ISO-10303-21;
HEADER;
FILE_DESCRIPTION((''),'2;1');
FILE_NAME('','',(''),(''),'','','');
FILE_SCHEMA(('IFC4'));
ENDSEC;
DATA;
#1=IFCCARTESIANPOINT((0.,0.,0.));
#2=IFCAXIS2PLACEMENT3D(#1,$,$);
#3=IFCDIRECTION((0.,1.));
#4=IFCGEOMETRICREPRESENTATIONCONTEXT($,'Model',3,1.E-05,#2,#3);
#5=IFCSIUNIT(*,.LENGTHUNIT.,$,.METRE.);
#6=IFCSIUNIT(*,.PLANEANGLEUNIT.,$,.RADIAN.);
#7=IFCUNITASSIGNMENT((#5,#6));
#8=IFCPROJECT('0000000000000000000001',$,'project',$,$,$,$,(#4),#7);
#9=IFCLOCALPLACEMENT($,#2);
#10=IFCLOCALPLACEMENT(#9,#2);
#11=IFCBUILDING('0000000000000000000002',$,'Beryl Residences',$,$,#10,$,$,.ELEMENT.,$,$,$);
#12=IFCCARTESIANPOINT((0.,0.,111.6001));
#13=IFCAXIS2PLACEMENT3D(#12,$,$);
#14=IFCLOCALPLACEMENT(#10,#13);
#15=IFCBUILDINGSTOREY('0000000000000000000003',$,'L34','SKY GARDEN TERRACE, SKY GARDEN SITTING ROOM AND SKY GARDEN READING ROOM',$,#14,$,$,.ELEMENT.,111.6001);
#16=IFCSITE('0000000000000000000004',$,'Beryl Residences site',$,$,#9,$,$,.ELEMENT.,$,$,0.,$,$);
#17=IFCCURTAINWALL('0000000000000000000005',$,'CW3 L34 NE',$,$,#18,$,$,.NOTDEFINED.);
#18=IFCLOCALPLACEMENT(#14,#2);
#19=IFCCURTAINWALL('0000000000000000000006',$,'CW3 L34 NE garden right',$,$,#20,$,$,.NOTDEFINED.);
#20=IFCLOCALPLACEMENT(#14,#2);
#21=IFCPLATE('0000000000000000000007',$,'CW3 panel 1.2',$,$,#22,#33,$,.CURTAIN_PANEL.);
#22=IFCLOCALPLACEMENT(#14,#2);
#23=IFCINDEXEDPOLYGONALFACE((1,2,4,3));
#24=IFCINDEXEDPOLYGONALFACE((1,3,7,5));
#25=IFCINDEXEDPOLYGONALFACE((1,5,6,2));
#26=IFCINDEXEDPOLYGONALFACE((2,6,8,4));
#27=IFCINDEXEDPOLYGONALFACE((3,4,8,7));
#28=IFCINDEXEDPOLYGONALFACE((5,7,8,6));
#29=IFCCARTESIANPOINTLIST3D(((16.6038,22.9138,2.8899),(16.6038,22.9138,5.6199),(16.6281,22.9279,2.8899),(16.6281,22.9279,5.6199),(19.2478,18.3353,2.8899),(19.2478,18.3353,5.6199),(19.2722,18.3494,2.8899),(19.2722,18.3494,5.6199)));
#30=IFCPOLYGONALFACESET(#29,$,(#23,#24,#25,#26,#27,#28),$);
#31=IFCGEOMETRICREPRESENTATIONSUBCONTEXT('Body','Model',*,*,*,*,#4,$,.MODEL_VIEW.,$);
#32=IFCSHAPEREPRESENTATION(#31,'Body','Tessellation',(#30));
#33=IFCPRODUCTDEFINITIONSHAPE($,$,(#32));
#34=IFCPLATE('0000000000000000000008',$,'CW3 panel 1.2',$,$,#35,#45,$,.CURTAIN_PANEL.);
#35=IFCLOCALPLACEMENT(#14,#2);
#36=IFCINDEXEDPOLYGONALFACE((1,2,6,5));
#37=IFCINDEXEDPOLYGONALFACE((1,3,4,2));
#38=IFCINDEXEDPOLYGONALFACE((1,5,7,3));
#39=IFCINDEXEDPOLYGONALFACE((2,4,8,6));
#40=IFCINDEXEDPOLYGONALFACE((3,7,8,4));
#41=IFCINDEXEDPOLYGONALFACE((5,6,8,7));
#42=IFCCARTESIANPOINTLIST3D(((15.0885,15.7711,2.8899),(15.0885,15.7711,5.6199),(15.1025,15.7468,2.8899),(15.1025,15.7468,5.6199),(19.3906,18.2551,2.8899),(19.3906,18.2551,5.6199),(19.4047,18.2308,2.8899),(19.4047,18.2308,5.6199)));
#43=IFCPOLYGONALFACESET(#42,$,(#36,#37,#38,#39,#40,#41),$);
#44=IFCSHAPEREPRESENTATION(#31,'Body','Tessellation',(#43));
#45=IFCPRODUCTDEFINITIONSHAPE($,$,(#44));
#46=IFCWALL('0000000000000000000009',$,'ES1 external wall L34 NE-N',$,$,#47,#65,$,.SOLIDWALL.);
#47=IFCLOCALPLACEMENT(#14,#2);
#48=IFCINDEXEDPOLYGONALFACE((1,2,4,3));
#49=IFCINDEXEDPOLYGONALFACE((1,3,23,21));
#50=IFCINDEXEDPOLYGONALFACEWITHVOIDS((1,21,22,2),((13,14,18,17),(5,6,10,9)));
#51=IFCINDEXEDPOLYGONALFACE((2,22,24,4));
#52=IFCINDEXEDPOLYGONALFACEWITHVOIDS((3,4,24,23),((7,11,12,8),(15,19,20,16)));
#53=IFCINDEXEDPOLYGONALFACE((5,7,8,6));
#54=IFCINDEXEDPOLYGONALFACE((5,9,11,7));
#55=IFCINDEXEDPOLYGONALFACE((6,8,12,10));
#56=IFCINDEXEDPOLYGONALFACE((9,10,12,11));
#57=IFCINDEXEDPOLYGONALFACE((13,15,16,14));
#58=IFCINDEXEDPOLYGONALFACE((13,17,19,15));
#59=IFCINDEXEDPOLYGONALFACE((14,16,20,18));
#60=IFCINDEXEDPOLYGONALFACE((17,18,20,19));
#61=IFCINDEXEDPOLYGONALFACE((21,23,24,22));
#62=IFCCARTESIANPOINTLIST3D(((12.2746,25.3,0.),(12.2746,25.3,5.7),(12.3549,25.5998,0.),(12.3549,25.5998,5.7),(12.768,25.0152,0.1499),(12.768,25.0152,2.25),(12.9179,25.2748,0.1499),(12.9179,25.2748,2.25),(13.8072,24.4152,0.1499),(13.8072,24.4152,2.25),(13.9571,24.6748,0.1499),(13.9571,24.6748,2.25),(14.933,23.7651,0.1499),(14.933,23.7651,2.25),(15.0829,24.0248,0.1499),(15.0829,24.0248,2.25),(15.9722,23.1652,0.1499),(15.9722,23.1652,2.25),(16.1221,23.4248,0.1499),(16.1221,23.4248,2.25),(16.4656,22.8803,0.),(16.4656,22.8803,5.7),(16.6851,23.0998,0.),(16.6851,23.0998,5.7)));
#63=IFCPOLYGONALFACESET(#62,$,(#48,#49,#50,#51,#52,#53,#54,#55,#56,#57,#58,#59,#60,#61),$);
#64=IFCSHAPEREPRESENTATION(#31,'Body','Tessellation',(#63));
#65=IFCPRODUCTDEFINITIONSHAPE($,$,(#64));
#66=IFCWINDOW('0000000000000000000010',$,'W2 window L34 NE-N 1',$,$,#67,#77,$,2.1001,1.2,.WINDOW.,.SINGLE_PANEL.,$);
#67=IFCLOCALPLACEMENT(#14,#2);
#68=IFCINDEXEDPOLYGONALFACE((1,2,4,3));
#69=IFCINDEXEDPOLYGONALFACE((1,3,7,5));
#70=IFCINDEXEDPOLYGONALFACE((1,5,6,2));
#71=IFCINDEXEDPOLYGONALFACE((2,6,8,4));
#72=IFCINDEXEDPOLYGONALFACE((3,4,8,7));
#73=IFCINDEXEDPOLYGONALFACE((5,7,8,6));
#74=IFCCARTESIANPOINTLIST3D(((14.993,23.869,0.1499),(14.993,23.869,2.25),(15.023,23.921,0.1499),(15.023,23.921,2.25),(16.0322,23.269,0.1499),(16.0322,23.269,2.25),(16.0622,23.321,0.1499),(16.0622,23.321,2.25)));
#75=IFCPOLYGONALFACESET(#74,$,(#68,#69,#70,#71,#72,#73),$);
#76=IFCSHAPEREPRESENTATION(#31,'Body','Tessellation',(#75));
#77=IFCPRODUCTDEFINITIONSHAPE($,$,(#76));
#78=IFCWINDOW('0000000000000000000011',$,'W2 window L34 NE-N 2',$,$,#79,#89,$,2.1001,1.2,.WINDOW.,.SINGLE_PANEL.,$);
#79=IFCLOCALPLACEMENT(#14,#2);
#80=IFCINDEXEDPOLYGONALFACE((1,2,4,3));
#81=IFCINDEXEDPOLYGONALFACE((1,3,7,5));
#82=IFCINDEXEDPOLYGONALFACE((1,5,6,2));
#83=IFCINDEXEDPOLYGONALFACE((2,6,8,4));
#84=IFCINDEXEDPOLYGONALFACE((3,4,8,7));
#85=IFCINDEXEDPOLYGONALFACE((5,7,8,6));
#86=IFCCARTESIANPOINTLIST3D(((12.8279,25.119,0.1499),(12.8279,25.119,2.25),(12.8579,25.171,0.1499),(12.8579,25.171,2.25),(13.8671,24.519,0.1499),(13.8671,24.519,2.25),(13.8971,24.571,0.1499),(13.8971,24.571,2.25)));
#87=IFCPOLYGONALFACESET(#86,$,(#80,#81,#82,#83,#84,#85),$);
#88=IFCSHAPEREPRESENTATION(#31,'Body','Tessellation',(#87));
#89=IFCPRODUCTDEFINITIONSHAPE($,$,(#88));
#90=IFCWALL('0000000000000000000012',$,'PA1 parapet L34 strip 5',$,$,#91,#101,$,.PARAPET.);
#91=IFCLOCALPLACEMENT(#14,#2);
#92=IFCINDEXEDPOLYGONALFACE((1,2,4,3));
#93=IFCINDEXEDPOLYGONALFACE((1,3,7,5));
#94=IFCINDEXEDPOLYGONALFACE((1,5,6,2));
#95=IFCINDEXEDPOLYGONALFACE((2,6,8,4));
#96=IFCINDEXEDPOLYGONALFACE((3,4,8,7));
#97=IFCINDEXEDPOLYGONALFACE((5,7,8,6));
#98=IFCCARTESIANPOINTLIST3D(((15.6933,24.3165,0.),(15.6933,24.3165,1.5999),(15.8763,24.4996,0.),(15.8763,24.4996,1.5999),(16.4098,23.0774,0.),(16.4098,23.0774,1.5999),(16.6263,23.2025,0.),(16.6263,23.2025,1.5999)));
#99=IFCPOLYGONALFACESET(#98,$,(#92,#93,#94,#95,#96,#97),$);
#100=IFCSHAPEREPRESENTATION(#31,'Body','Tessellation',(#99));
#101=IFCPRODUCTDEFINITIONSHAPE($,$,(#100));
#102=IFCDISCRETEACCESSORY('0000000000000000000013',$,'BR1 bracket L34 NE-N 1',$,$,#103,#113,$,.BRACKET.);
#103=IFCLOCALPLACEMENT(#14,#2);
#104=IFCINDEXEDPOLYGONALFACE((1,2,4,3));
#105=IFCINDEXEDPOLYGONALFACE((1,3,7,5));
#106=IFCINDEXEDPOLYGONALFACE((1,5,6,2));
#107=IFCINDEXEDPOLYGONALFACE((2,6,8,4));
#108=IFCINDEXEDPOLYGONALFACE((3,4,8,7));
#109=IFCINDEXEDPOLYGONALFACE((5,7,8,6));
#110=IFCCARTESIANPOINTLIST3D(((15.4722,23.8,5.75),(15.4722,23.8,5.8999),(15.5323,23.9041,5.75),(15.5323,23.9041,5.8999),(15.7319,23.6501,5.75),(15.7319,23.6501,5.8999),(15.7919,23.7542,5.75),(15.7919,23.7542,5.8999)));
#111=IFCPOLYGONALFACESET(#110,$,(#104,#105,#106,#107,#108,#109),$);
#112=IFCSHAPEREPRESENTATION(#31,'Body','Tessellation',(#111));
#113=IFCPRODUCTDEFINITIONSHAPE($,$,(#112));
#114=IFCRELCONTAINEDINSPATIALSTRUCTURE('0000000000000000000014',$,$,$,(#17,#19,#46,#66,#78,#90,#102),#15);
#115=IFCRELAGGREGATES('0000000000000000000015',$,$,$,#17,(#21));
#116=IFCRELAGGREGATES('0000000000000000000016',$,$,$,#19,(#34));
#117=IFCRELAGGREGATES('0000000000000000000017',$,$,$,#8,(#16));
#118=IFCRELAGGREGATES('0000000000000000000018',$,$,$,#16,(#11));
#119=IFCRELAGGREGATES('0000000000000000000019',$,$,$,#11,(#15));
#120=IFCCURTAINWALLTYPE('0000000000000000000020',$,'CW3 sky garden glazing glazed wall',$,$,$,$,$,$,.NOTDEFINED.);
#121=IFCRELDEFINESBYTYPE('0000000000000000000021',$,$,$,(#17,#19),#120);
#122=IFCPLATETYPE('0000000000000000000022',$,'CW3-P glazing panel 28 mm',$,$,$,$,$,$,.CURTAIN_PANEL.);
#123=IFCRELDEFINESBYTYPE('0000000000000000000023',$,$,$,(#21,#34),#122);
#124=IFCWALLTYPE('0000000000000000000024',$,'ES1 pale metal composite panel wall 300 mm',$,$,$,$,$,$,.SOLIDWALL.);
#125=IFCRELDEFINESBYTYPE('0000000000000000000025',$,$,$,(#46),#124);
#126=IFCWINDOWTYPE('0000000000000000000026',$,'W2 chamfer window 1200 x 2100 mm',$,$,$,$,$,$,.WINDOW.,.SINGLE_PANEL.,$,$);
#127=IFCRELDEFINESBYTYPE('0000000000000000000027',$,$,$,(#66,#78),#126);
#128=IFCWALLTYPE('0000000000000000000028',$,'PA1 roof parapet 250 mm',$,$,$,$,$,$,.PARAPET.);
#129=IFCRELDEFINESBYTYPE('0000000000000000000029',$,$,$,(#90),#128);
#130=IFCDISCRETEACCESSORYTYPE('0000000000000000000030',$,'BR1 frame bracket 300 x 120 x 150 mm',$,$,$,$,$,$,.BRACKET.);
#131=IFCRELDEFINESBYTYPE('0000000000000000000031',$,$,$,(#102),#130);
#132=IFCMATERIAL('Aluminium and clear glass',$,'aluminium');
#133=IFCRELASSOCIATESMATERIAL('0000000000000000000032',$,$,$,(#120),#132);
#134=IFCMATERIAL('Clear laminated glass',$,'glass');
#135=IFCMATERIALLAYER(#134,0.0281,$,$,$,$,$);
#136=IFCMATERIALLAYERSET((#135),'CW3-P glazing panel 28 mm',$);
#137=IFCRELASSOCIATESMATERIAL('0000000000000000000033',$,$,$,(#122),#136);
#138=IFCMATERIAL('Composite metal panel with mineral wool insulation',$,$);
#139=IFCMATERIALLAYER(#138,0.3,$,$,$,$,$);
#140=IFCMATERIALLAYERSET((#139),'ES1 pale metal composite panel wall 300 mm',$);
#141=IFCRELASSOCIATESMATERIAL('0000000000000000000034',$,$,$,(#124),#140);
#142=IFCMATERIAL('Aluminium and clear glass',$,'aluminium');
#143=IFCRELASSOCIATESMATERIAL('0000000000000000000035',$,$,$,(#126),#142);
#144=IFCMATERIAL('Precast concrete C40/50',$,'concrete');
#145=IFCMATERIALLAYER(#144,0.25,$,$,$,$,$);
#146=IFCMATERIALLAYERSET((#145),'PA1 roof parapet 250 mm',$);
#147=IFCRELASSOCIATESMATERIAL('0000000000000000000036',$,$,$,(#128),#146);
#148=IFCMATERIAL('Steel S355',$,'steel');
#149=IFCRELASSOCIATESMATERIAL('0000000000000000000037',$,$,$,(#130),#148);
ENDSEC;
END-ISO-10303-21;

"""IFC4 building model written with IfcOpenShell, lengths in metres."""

from ifc_helpers import new_model, si_unit, direction, frame, frame_2d, origin, origin_2d, place, context, subcontext, project, spatial, polyline, rectangle, outline, extrude, source, transform, mapped, material, layer, layer_set, type_object, type_shapes, element, fill, aggregate, save


model = new_model("IFC4")

# Units and contexts
model_context = context("Model", 3, precision=1e-05, world=origin(), true_north=direction((0.0, 1.0)))
body_context = subcontext(model_context, "Body", "Model", "MODEL_VIEW")
ifc_project = project(units=[si_unit("LENGTHUNIT", "METRE"), si_unit("PLANEANGLEUNIT", "RADIAN")], contexts=[model_context])

# Site, building, storey
site_placement = place(None, origin())
site = spatial("IfcSite", under=ifc_project, at=site_placement, Name="Beryl Residences site", CompositionType="ELEMENT", RefElevation=0.0)
building_placement = place(site_placement, origin())
building = spatial("IfcBuilding", under=site, at=building_placement, Name="Beryl Residences", CompositionType="ELEMENT")
storey_placement = place(building_placement, frame((0.0, 0.0, 111.6001)))
storey = spatial("IfcBuildingStorey", under=building, at=storey_placement, Name="L34", Description="SKY GARDEN TERRACE, SKY GARDEN SITTING ROOM AND SKY GARDEN READING ROOM", CompositionType="ELEMENT", Elevation=111.6001)

# Curtain wall
ifc_material_1 = material(Name="Aluminium and clear glass", Category="aluminium")
curtain_wall_type = type_object("IfcCurtainWallType", Name="CW3 sky garden glazing glazed wall", PredefinedType="NOTDEFINED", material=ifc_material_1)
curtain_wall_1_placement = place(storey_placement, origin())
curtain_wall_1 = element("IfcCurtainWall", 1, at=curtain_wall_1_placement, inside=storey, type_object=curtain_wall_type, Name="CW3 L34 NE", PredefinedType="NOTDEFINED")

# Curtain wall
curtain_wall_2_placement = place(storey_placement, origin())
curtain_wall_2 = element("IfcCurtainWall", 2, at=curtain_wall_2_placement, inside=storey, type_object=curtain_wall_type, Name="CW3 L34 NE garden right", PredefinedType="NOTDEFINED")

# Plates
ifc_material_2 = material(Name="Clear laminated glass", Category="glass")
ifc_layer_1 = layer(ifc_material_2, 0.0281)
ifc_layer_set_1 = layer_set([ifc_layer_1], Name="CW3-P glazing panel 28 mm")
plate_type = type_object("IfcPlateType", Name="CW3-P glazing panel 28 mm", PredefinedType="CURTAIN_PANEL", material=ifc_layer_set_1)
plate_1_placement = place(storey_placement, frame((17.938, 20.6316, 2.8899), z_axis=(0.0, 0.0, 1.0), x_axis=(-0.500088, 0.865975, 0.0)))
plate_1 = element("IfcPlate", 3, at=plate_1_placement, type_object=plate_type, Name="CW3 panel 1.2", PredefinedType="CURTAIN_PANEL", context=body_context, shape_type="SweptSolid", body=[
    extrude(rectangle(XDim=5.2871, YDim=0.0281, at=origin_2d()), origin(), (0.0, 0.0, 1.0), 2.73),
])
aggregate(curtain_wall_1, [plate_1])
plate_2_placement = place(storey_placement, frame((17.2466, 17.001, 2.8899), z_axis=(0.0, 0.0, 1.0), x_axis=(-0.866009, -0.500029, 0.0)))
plate_2 = element("IfcPlate", 4, at=plate_2_placement, type_object=plate_type, Name="CW3 panel 1.2", PredefinedType="CURTAIN_PANEL", context=body_context, shape_type="SweptSolid", body=[
    extrude(rectangle(XDim=4.9678, YDim=0.0281, at=origin_2d()), origin(), (0.0, 0.0, 1.0), 2.73),
])
aggregate(curtain_wall_2, [plate_2])

# Wall, openings, windows
ifc_material_3 = material(Name="Composite metal panel with mineral wool insulation")
ifc_layer_2 = layer(ifc_material_3, 0.3)
ifc_layer_set_2 = layer_set([ifc_layer_2], Name="ES1 pale metal composite panel wall 300 mm")
wall_type_1 = type_object("IfcWallType", Name="ES1 pale metal composite panel wall 300 mm", PredefinedType="SOLIDWALL", material=ifc_layer_set_2)
wall_1_placement = place(storey_placement, frame((16.6101, 22.97, 0.0), z_axis=(0.0, 0.0, 1.0), x_axis=(-0.866023, 0.500004, 0.0)))
wall_1 = element("IfcWall", 5, at=wall_1_placement, inside=storey, type_object=wall_type_1, Name="ES1 external wall L34 NE-N", PredefinedType="SOLIDWALL", context=body_context, shape_type="SweptSolid", body=[
    extrude(outline(polyline([(0.0, -0.1499), (5.0, -0.1499), (4.9197, 0.1499), (0.0803, 0.1499), (0.0, -0.1499)])), origin(), (0.0, 0.0, 1.0), 5.7),
])
opening_1_placement = place(wall_1_placement, frame((0.6499, 0.0, 0.1499)))
opening_1 = element("IfcOpeningElement", 6, at=opening_1_placement, cuts=wall_1, PredefinedType="OPENING", context=body_context, shape_type="SweptSolid", body=[
    extrude(rectangle(XDim=1.2, YDim=2.1001, at=frame_2d((0.6001, 1.05))), frame((0.0, 0.1599, 0.0), z_axis=(0.0, -1.0, 0.0), x_axis=(1.0, 0.0, 0.0)), (0.0, 0.0, 1.0), 0.3201),
])
opening_2_placement = place(wall_1_placement, frame((3.1499, 0.0, 0.1499)))
opening_2 = element("IfcOpeningElement", 7, at=opening_2_placement, cuts=wall_1, PredefinedType="OPENING", context=body_context, shape_type="SweptSolid", body=[
    extrude(rectangle(XDim=1.2, YDim=2.1001, at=frame_2d((0.6001, 1.05))), frame((0.0, 0.1599, 0.0), z_axis=(0.0, -1.0, 0.0), x_axis=(1.0, 0.0, 0.0)), (0.0, 0.0, 1.0), 0.3201),
])
ifc_material_4 = material(Name="Aluminium and clear glass", Category="aluminium")
window_type = type_object("IfcWindowType", Name="W2 chamfer window 1200 x 2100 mm", PartitioningType="SINGLE_PANEL", PredefinedType="WINDOW", material=ifc_material_4)
window_1_placement = place(opening_1_placement, origin())
window_1 = element("IfcWindow", 8, at=window_1_placement, inside=storey, type_object=window_type, Name="W2 window L34 NE-N 1", OverallHeight=2.1001, OverallWidth=1.2, PartitioningType="SINGLE_PANEL", PredefinedType="WINDOW", context=body_context, shape_type="SweptSolid", body=[
    extrude(rectangle(XDim=1.2, YDim=2.1001, at=frame_2d((0.6001, 1.05))), frame((0.0, 0.03, 0.0), z_axis=(0.0, -1.0, 0.0), x_axis=(1.0, 0.0, 0.0)), (0.0, 0.0, 1.0), 0.0601),
])
fill(opening_1, window_1)
window_2_placement = place(opening_2_placement, origin())
window_2 = element("IfcWindow", 9, at=window_2_placement, inside=storey, type_object=window_type, Name="W2 window L34 NE-N 2", OverallHeight=2.1001, OverallWidth=1.2, PartitioningType="SINGLE_PANEL", PredefinedType="WINDOW", context=body_context, shape_type="SweptSolid", body=[
    extrude(rectangle(XDim=1.2, YDim=2.1001, at=frame_2d((0.6001, 1.05))), frame((0.0, 0.03, 0.0), z_axis=(0.0, -1.0, 0.0), x_axis=(1.0, 0.0, 0.0)), (0.0, 0.0, 1.0), 0.0601),
])
fill(opening_2, window_2)

# Wall
ifc_material_5 = material(Name="Precast concrete C40/50", Category="concrete")
ifc_layer_3 = layer(ifc_material_5, 0.25)
ifc_layer_set_3 = layer_set([ifc_layer_3], Name="PA1 roof parapet 250 mm")
wall_type_2 = type_object("IfcWallType", Name="PA1 roof parapet 250 mm", PredefinedType="PARAPET", material=ifc_layer_set_3)
wall_2_placement = place(storey_placement, frame((15.7681, 24.437, 0.0), z_axis=(0.0, 0.0, 1.0), x_axis=(0.500554, -0.865705, 0.0)))
element("IfcWall", 10, at=wall_2_placement, inside=storey, type_object=wall_type_2, Name="PA1 parapet L34 strip 5", PredefinedType="PARAPET", context=body_context, shape_type="SweptSolid", body=[
    extrude(outline(polyline([(0.0669, -0.125), (1.4983, -0.125), (1.4983, 0.125), (0.0, 0.125), (0.0669, -0.125)])), origin(), (0.0, 0.0, 1.0), 1.5999),
])

# Discrete accessory
ifc_material_6 = material(Name="Steel S355", Category="steel")
discrete_accessory_type = type_object("IfcDiscreteAccessoryType", Name="BR1 frame bracket 300 x 120 x 150 mm", PredefinedType="BRACKET", material=ifc_material_6)
shared_shape_1 = source(origin(), body_context, "Body", "SweptSolid", [
    extrude(outline(polyline([(-0.1499, 0.0), (0.1499, 0.0), (0.1499, 0.1201), (-0.1499, 0.1201), (-0.1499, 0.0)])), origin(), (0.0, 0.0, 1.0), 0.1499),
])
type_shapes(discrete_accessory_type, [shared_shape_1])
discrete_accessory_placement = place(storey_placement, frame((15.6021, 23.7251, 5.75), z_axis=(0.0, 0.0, 1.0), x_axis=(0.866025, -0.5, 0.0)))
element("IfcDiscreteAccessory", 11, at=discrete_accessory_placement, inside=storey, type_object=discrete_accessory_type, Name="BR1 bracket L34 NE-N 1", PredefinedType="BRACKET", context=body_context, shape_type="MappedRepresentation", body=[
    mapped(shared_shape_1, transform((0.0, 0.0, 0.0))),
])

save(model, "model.ifc")
